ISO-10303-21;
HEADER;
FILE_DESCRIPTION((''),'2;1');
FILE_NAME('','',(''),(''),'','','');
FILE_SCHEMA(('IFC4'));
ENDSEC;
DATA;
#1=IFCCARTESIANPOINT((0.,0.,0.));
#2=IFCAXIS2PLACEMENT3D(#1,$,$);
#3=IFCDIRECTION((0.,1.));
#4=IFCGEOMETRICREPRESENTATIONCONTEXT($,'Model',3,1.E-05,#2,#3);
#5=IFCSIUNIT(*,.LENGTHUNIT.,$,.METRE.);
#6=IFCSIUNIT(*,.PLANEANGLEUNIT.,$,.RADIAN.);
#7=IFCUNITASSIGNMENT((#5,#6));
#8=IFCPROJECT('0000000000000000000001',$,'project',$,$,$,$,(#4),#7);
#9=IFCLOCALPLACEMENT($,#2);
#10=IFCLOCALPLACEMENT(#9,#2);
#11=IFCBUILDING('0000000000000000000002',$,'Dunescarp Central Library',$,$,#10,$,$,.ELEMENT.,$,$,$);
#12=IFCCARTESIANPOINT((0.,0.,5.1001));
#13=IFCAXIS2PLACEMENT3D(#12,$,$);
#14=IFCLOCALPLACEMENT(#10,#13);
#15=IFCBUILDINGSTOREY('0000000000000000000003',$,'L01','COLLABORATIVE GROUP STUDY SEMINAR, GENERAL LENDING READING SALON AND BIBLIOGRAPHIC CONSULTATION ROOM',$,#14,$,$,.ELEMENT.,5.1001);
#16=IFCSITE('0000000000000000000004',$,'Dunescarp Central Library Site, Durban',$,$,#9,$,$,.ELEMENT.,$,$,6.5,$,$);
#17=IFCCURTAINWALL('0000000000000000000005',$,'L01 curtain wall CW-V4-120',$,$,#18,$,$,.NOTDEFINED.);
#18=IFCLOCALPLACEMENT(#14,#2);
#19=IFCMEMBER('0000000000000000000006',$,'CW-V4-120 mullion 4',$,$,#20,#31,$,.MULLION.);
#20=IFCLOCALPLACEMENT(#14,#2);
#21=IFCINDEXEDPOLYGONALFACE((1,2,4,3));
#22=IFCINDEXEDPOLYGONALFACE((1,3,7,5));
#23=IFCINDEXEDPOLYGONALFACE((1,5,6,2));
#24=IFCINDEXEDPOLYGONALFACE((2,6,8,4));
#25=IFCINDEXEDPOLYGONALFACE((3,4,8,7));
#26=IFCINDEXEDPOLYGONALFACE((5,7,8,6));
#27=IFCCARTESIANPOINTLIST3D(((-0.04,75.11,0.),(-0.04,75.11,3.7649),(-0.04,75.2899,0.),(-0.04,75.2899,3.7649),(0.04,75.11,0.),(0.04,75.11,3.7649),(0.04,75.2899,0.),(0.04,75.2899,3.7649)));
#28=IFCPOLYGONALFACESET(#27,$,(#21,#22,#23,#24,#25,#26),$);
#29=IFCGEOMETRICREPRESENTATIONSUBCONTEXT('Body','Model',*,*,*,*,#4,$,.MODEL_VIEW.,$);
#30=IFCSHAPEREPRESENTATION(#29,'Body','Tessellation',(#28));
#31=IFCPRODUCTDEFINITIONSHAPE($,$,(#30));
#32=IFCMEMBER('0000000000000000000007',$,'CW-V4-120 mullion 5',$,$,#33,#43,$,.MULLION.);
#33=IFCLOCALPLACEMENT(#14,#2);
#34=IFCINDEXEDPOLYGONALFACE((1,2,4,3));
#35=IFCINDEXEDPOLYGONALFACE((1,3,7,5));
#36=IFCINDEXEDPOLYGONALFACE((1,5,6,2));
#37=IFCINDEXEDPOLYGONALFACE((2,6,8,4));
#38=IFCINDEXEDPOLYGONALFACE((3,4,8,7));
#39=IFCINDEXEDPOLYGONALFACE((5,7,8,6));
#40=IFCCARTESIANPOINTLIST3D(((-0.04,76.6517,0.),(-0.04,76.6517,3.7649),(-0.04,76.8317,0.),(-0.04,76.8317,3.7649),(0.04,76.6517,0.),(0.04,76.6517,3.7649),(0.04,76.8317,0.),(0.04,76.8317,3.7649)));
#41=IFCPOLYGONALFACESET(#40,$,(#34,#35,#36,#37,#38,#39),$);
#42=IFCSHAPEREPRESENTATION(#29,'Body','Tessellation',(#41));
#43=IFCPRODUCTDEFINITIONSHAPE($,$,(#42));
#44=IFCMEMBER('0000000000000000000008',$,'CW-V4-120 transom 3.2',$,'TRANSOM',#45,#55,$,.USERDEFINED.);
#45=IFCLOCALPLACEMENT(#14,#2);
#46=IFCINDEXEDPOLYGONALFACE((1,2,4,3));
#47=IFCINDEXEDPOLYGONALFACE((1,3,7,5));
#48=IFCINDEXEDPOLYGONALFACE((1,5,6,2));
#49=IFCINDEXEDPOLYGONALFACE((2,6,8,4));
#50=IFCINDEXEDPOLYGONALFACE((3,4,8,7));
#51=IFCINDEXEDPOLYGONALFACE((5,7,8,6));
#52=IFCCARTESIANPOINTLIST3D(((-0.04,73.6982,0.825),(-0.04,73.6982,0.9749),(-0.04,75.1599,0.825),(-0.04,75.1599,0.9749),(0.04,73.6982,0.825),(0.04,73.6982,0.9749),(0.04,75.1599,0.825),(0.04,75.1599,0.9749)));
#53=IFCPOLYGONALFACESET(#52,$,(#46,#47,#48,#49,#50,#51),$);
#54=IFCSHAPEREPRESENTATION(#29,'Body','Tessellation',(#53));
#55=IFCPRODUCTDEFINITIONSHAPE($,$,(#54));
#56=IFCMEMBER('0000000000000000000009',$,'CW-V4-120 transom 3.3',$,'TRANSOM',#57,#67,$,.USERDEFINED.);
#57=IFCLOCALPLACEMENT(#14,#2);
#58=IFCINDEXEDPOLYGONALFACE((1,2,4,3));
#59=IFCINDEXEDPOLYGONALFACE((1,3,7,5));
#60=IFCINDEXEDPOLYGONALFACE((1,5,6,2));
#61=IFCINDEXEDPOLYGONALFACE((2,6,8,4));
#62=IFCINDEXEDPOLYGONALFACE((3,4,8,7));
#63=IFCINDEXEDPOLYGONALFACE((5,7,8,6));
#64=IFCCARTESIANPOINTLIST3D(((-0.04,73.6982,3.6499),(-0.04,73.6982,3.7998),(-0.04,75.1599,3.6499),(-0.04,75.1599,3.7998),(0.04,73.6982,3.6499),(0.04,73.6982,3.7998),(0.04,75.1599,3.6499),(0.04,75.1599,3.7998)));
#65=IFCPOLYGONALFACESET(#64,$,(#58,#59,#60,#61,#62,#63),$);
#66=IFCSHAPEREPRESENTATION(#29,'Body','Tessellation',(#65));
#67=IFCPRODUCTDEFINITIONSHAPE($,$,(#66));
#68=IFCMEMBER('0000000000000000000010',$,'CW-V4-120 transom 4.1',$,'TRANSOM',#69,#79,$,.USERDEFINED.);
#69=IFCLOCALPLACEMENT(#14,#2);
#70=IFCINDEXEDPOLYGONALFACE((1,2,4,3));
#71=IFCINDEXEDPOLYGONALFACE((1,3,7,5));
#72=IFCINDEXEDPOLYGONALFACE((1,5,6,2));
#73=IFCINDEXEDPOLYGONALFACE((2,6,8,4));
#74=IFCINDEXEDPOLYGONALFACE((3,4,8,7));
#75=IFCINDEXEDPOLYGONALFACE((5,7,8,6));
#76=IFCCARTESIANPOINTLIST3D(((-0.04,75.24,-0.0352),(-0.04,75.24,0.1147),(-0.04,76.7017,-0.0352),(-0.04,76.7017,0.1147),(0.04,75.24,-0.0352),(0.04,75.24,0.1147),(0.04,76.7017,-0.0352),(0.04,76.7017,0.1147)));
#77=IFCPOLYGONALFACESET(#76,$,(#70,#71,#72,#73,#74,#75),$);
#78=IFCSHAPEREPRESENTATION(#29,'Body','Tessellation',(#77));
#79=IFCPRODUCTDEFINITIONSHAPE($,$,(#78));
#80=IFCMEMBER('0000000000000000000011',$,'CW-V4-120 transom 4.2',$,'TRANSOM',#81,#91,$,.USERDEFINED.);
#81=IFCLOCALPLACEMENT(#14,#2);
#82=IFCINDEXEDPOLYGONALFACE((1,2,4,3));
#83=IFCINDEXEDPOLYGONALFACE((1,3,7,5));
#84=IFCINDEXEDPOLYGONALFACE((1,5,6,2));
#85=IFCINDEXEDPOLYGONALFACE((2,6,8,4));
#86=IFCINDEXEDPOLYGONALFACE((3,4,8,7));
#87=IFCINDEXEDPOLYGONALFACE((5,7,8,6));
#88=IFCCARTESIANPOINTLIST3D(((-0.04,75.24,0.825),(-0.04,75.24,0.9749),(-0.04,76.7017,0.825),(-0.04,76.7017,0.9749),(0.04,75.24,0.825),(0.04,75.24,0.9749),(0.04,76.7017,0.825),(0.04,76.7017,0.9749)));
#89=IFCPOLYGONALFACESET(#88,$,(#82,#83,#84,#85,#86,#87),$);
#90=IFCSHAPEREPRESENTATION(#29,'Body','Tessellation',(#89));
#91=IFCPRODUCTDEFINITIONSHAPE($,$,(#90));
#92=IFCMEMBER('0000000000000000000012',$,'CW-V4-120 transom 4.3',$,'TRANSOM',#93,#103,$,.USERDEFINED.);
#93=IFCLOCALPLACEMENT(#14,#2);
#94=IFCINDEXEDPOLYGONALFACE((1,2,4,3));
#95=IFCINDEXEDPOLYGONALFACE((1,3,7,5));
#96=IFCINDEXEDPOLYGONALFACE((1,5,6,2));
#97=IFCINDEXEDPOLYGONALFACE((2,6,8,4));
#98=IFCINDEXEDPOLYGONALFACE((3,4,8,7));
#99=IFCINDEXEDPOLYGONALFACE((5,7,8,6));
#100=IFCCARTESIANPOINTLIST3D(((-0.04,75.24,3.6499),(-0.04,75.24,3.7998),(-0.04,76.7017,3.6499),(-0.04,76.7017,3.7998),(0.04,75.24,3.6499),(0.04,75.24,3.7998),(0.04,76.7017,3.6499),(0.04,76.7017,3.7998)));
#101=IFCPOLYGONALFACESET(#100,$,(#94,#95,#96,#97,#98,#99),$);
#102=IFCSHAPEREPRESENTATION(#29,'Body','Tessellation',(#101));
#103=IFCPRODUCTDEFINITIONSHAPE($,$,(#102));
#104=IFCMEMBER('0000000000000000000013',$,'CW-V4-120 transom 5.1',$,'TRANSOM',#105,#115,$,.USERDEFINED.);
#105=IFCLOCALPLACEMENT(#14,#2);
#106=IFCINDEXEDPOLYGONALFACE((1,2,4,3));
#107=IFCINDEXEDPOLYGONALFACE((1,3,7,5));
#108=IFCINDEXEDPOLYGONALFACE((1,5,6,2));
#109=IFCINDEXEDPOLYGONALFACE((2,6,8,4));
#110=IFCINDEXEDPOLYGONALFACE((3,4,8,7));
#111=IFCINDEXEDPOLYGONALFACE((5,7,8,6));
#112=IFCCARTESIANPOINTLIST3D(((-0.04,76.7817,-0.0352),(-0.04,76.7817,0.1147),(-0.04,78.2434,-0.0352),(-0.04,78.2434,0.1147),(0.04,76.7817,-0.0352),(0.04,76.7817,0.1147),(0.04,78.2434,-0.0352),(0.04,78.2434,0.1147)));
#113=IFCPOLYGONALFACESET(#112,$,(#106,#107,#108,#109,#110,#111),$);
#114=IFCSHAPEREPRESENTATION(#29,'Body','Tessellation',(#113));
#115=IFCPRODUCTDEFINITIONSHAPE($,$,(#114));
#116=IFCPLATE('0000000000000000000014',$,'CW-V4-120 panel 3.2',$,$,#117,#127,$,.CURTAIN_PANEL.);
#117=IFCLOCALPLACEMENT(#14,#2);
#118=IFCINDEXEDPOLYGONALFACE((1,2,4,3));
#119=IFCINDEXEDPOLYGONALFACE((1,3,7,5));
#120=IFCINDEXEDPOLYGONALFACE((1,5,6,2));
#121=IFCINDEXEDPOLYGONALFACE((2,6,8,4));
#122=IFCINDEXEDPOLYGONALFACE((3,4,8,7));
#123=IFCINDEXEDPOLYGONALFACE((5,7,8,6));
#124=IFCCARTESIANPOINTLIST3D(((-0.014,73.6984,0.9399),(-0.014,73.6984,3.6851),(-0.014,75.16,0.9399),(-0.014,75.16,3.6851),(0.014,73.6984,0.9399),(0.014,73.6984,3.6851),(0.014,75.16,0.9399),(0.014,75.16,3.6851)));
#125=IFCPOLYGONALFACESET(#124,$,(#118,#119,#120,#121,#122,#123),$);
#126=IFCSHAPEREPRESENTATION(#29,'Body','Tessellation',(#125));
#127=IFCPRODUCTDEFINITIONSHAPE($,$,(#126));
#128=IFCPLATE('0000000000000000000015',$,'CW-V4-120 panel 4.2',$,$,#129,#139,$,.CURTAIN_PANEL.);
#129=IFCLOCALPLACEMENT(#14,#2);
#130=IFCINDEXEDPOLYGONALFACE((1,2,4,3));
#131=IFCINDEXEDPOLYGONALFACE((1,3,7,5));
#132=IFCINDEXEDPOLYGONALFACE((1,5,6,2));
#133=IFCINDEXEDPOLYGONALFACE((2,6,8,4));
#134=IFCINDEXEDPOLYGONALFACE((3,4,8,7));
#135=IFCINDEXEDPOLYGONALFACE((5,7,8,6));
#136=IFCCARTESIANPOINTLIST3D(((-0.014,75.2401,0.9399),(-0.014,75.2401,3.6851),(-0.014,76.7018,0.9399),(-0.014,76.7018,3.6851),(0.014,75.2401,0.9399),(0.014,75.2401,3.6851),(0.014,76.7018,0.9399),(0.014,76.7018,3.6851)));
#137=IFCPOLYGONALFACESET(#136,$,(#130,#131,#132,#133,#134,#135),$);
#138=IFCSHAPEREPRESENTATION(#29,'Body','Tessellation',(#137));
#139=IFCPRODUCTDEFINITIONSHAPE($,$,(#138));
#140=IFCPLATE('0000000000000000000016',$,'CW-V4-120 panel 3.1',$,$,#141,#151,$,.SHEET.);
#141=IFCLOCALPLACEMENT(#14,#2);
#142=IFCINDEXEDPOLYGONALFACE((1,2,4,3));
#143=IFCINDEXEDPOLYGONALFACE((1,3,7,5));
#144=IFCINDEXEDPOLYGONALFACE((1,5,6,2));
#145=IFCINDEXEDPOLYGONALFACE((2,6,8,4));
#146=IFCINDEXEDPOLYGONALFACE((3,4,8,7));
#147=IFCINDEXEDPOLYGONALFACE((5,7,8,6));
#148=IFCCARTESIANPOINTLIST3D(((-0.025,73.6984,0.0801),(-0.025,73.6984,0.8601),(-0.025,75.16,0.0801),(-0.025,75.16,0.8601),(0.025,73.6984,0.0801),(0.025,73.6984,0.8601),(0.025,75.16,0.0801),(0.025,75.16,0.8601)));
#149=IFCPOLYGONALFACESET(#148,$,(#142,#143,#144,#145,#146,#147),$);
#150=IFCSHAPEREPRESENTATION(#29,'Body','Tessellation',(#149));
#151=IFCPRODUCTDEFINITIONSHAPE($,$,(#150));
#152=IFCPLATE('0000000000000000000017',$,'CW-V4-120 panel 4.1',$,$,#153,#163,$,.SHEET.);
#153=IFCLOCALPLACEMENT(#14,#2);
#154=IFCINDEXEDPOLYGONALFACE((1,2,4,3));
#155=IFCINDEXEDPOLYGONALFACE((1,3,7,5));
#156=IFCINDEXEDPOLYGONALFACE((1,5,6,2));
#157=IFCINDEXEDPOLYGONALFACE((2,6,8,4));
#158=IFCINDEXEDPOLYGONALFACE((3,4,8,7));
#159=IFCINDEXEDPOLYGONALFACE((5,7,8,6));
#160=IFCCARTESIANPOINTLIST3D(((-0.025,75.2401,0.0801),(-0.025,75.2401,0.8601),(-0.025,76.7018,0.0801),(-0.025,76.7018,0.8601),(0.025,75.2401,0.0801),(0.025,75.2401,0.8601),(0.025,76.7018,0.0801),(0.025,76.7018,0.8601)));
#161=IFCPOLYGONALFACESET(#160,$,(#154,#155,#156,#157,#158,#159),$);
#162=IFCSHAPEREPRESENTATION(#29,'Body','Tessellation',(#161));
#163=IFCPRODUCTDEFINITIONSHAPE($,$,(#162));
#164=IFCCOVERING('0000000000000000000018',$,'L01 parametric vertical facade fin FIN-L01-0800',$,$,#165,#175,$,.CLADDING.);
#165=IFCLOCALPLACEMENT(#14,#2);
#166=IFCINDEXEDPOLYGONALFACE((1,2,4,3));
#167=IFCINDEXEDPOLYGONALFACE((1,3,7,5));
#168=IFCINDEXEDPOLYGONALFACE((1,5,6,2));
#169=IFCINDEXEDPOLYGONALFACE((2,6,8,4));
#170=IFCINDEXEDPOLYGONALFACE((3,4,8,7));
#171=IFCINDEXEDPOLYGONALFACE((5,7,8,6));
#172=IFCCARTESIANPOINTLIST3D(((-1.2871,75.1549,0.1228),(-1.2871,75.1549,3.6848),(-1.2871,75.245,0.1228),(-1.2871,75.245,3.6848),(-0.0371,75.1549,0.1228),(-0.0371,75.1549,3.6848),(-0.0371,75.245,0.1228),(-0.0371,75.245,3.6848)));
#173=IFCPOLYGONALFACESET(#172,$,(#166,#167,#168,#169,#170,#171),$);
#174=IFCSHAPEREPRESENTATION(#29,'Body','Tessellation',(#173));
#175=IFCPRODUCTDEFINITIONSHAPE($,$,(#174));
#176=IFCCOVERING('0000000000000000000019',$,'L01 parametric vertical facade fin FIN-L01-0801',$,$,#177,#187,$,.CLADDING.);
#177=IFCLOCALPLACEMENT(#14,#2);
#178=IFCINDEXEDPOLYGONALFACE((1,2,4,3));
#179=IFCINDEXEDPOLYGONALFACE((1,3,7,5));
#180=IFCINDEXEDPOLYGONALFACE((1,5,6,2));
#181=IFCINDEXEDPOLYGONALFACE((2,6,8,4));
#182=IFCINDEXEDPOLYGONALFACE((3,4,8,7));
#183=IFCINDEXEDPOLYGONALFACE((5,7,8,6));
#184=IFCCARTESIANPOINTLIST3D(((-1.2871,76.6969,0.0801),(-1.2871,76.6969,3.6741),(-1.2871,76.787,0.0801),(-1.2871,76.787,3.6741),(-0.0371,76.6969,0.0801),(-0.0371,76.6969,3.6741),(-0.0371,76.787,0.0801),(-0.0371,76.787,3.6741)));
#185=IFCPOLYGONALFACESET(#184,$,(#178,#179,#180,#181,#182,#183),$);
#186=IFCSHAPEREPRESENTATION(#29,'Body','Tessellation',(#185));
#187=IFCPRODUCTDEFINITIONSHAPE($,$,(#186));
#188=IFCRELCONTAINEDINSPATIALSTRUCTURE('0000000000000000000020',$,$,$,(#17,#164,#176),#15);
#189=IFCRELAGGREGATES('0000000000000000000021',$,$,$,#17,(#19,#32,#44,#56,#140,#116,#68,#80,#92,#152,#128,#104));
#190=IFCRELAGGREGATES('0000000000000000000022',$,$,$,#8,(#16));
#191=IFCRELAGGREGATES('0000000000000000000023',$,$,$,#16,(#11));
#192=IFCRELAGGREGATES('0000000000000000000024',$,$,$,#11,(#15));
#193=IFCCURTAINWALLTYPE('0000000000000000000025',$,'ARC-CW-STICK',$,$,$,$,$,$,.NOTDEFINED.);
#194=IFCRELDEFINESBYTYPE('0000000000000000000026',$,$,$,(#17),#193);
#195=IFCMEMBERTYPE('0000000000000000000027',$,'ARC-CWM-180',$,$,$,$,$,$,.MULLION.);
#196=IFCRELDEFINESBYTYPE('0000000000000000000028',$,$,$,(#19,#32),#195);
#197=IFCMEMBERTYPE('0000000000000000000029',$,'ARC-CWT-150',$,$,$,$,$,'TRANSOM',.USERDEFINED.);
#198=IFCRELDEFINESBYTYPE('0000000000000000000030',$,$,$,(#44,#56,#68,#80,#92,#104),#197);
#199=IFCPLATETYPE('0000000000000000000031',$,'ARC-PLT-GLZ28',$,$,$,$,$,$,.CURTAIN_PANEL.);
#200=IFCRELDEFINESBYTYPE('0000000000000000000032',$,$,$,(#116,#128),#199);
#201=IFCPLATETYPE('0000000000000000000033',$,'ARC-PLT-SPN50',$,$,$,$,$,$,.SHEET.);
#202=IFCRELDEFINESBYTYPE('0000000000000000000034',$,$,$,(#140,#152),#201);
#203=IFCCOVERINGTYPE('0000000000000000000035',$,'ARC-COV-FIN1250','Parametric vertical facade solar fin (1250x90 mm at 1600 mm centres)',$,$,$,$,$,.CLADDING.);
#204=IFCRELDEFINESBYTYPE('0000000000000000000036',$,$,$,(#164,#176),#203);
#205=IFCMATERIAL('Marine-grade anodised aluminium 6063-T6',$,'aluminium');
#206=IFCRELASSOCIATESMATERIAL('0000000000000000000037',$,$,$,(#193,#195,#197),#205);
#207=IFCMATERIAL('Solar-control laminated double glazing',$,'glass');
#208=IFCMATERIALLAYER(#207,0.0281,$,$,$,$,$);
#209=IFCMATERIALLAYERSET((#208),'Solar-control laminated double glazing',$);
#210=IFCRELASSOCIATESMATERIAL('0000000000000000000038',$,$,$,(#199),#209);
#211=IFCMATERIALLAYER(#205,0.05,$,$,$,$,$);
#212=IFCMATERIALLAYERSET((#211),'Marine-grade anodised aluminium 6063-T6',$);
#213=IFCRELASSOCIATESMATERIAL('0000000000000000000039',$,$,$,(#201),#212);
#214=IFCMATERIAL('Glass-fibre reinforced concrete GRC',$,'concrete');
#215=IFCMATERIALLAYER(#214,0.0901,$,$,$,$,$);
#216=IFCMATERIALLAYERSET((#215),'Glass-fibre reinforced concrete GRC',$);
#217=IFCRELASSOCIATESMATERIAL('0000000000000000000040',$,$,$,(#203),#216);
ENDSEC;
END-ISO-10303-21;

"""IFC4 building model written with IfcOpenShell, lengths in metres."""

from ifc_helpers import new_model, si_unit, direction, frame, origin, origin_2d, place, context, subcontext, project, spatial, rectangle, extrude, material, layer, layer_set, material_profile, profile_set, type_object, element, aggregate, save


model = new_model("IFC4")

# Units and contexts
model_context = context("Model", 3, precision=1e-05, world=origin(), true_north=direction((0.0, 1.0)))
body_context = subcontext(model_context, "Body", "Model", "MODEL_VIEW")
ifc_project = project(units=[si_unit("LENGTHUNIT", "METRE"), si_unit("PLANEANGLEUNIT", "RADIAN")], contexts=[model_context])

# Site, building, storey
site_placement = place(None, origin())
site = spatial("IfcSite", under=ifc_project, at=site_placement, Name="Dunescarp Central Library Site, Durban", CompositionType="ELEMENT", RefElevation=6.5)
building_placement = place(site_placement, origin())
building = spatial("IfcBuilding", under=site, at=building_placement, Name="Dunescarp Central Library", CompositionType="ELEMENT")
storey_placement = place(building_placement, frame((0.0, 0.0, 5.1001)))
storey = spatial("IfcBuildingStorey", under=building, at=storey_placement, Name="L01", Description="COLLABORATIVE GROUP STUDY SEMINAR, GENERAL LENDING READING SALON AND BIBLIOGRAPHIC CONSULTATION ROOM", CompositionType="ELEMENT", Elevation=5.1001)

# Curtain wall, members, plates
ifc_material_1 = material(Name="Marine-grade anodised aluminium 6063-T6", Category="aluminium")
curtain_wall_type = type_object("IfcCurtainWallType", Name="ARC-CW-STICK", PredefinedType="NOTDEFINED", material=ifc_material_1)
curtain_wall_placement = place(storey_placement, origin())
curtain_wall = element("IfcCurtainWall", 1, at=curtain_wall_placement, inside=storey, type_object=curtain_wall_type, Name="L01 curtain wall CW-V4-120", PredefinedType="NOTDEFINED")
ifc_material_profile_1 = material_profile(ifc_material_1, rectangle(XDim=0.0801, YDim=0.1799, at=origin_2d()), Name="AL 80x180")
ifc_profile_set_1 = profile_set([ifc_material_profile_1], Name="Marine-grade anodised aluminium 6063-T6")
member_type_1 = type_object("IfcMemberType", Name="ARC-CWM-180", PredefinedType="MULLION", material=ifc_profile_set_1)
member_1_placement = place(storey_placement, frame((0.0, 75.2, 0.0), z_axis=(0.0, 0.0, 1.0), x_axis=(-1.0, 0.0, 0.0)))
member_1 = element("IfcMember", 2, at=member_1_placement, type_object=member_type_1, Name="CW-V4-120 mullion 4", PredefinedType="MULLION", context=body_context, shape_type="SweptSolid", body=[
    extrude(rectangle(XDim=0.0801, YDim=0.1799, at=origin_2d()), origin(), (0.0, 0.0, 1.0), 3.7649),
])
member_2_placement = place(storey_placement, frame((0.0, 76.7417, 0.0), z_axis=(0.0, 0.0, 1.0), x_axis=(-1.0, 0.0, 0.0)))
member_2 = element("IfcMember", 3, at=member_2_placement, type_object=member_type_1, Name="CW-V4-120 mullion 5", PredefinedType="MULLION", context=body_context, shape_type="SweptSolid", body=[
    extrude(rectangle(XDim=0.0801, YDim=0.1799, at=origin_2d()), origin(), (0.0, 0.0, 1.0), 3.7649),
])
ifc_material_profile_2 = material_profile(ifc_material_1, rectangle(XDim=0.0801, YDim=0.1499, at=origin_2d()), Name="AL 80x150")
ifc_profile_set_2 = profile_set([ifc_material_profile_2], Name="Marine-grade anodised aluminium 6063-T6")
member_type_2 = type_object("IfcMemberType", Name="ARC-CWT-150", ElementType="TRANSOM", PredefinedType="USERDEFINED", material=ifc_profile_set_2)
member_3_placement = place(storey_placement, frame((0.0, 73.6982, 0.8999), z_axis=(0.0, 1.0, 0.0), x_axis=(-1.0, 0.0, 0.0)))
member_3 = element("IfcMember", 4, at=member_3_placement, type_object=member_type_2, Name="CW-V4-120 transom 3.2", ObjectType="TRANSOM", PredefinedType="USERDEFINED", context=body_context, shape_type="SweptSolid", body=[
    extrude(rectangle(XDim=0.0801, YDim=0.1499, at=origin_2d()), origin(), (0.0, 0.0, 1.0), 1.4617),
])
member_4_placement = place(storey_placement, frame((0.0, 73.6982, 3.7249), z_axis=(0.0, 1.0, 0.0), x_axis=(-1.0, 0.0, 0.0)))
member_4 = element("IfcMember", 5, at=member_4_placement, type_object=member_type_2, Name="CW-V4-120 transom 3.3", ObjectType="TRANSOM", PredefinedType="USERDEFINED", context=body_context, shape_type="SweptSolid", body=[
    extrude(rectangle(XDim=0.0801, YDim=0.1499, at=origin_2d()), origin(), (0.0, 0.0, 1.0), 1.4617),
])
member_5_placement = place(storey_placement, frame((0.0, 75.24, 0.0398), z_axis=(0.0, 1.0, 0.0), x_axis=(-1.0, 0.0, 0.0)))
member_5 = element("IfcMember", 6, at=member_5_placement, type_object=member_type_2, Name="CW-V4-120 transom 4.1", ObjectType="TRANSOM", PredefinedType="USERDEFINED", context=body_context, shape_type="SweptSolid", body=[
    extrude(rectangle(XDim=0.0801, YDim=0.1499, at=origin_2d()), origin(), (0.0, 0.0, 1.0), 1.4617),
])
member_6_placement = place(storey_placement, frame((0.0, 75.24, 0.8999), z_axis=(0.0, 1.0, 0.0), x_axis=(-1.0, 0.0, 0.0)))
member_6 = element("IfcMember", 7, at=member_6_placement, type_object=member_type_2, Name="CW-V4-120 transom 4.2", ObjectType="TRANSOM", PredefinedType="USERDEFINED", context=body_context, shape_type="SweptSolid", body=[
    extrude(rectangle(XDim=0.0801, YDim=0.1499, at=origin_2d()), origin(), (0.0, 0.0, 1.0), 1.4617),
])
member_7_placement = place(storey_placement, frame((0.0, 75.24, 3.7249), z_axis=(0.0, 1.0, 0.0), x_axis=(-1.0, 0.0, 0.0)))
member_7 = element("IfcMember", 8, at=member_7_placement, type_object=member_type_2, Name="CW-V4-120 transom 4.3", ObjectType="TRANSOM", PredefinedType="USERDEFINED", context=body_context, shape_type="SweptSolid", body=[
    extrude(rectangle(XDim=0.0801, YDim=0.1499, at=origin_2d()), origin(), (0.0, 0.0, 1.0), 1.4617),
])
member_8_placement = place(storey_placement, frame((0.0, 76.7817, 0.0398), z_axis=(0.0, 1.0, 0.0), x_axis=(-1.0, 0.0, 0.0)))
member_8 = element("IfcMember", 9, at=member_8_placement, type_object=member_type_2, Name="CW-V4-120 transom 5.1", ObjectType="TRANSOM", PredefinedType="USERDEFINED", context=body_context, shape_type="SweptSolid", body=[
    extrude(rectangle(XDim=0.0801, YDim=0.1499, at=origin_2d()), origin(), (0.0, 0.0, 1.0), 1.4617),
])
ifc_material_2 = material(Name="Solar-control laminated double glazing", Category="glass")
ifc_layer_1 = layer(ifc_material_2, 0.0281)
ifc_layer_set_1 = layer_set([ifc_layer_1], Name="Solar-control laminated double glazing")
plate_type_1 = type_object("IfcPlateType", Name="ARC-PLT-GLZ28", PredefinedType="CURTAIN_PANEL", material=ifc_layer_set_1)
plate_1_placement = place(storey_placement, frame((0.0, 74.4292, 0.9399), z_axis=(0.0, 0.0, 1.0), x_axis=(0.0, 1.0, 0.0)))
plate_1 = element("IfcPlate", 10, at=plate_1_placement, type_object=plate_type_1, Name="CW-V4-120 panel 3.2", PredefinedType="CURTAIN_PANEL", context=body_context, shape_type="SweptSolid", body=[
    extrude(rectangle(XDim=1.4617, YDim=0.0281, at=origin_2d()), origin(), (0.0, 0.0, 1.0), 2.7451),
])
plate_2_placement = place(storey_placement, frame((0.0, 75.9709, 0.9399), z_axis=(0.0, 0.0, 1.0), x_axis=(0.0, 1.0, 0.0)))
plate_2 = element("IfcPlate", 11, at=plate_2_placement, type_object=plate_type_1, Name="CW-V4-120 panel 4.2", PredefinedType="CURTAIN_PANEL", context=body_context, shape_type="SweptSolid", body=[
    extrude(rectangle(XDim=1.4617, YDim=0.0281, at=origin_2d()), origin(), (0.0, 0.0, 1.0), 2.7451),
])
ifc_layer_2 = layer(ifc_material_1, 0.05)
ifc_layer_set_2 = layer_set([ifc_layer_2], Name="Marine-grade anodised aluminium 6063-T6")
plate_type_2 = type_object("IfcPlateType", Name="ARC-PLT-SPN50", PredefinedType="SHEET", material=ifc_layer_set_2)
plate_3_placement = place(storey_placement, frame((0.0, 74.4292, 0.0801), z_axis=(0.0, 0.0, 1.0), x_axis=(0.0, 1.0, 0.0)))
plate_3 = element("IfcPlate", 12, at=plate_3_placement, type_object=plate_type_2, Name="CW-V4-120 panel 3.1", PredefinedType="SHEET", context=body_context, shape_type="SweptSolid", body=[
    extrude(rectangle(XDim=1.4617, YDim=0.05, at=origin_2d()), origin(), (0.0, 0.0, 1.0), 0.78),
])
plate_4_placement = place(storey_placement, frame((0.0, 75.9709, 0.0801), z_axis=(0.0, 0.0, 1.0), x_axis=(0.0, 1.0, 0.0)))
plate_4 = element("IfcPlate", 13, at=plate_4_placement, type_object=plate_type_2, Name="CW-V4-120 panel 4.1", PredefinedType="SHEET", context=body_context, shape_type="SweptSolid", body=[
    extrude(rectangle(XDim=1.4617, YDim=0.05, at=origin_2d()), origin(), (0.0, 0.0, 1.0), 0.78),
])
aggregate(curtain_wall, [member_1, member_2, member_3, member_4, plate_3, plate_1, member_5, member_6, member_7, plate_4, plate_2, member_8])

# Coverings
ifc_material_3 = material(Name="Glass-fibre reinforced concrete GRC", Category="concrete")
ifc_layer_3 = layer(ifc_material_3, 0.0901)
ifc_layer_set_3 = layer_set([ifc_layer_3], Name="Glass-fibre reinforced concrete GRC")
covering_type = type_object("IfcCoveringType", Name="ARC-COV-FIN1250", Description="Parametric vertical facade solar fin (1250x90 mm at 1600 mm centres)", PredefinedType="CLADDING", material=ifc_layer_set_3)
covering_1_placement = place(storey_placement, frame((-0.6621, 75.2, 0.1228), z_axis=(0.0, 0.0, 1.0), x_axis=(-1.0, 0.0, 0.0)))
element("IfcCovering", 14, at=covering_1_placement, inside=storey, type_object=covering_type, Name="L01 parametric vertical facade fin FIN-L01-0800", PredefinedType="CLADDING", context=body_context, shape_type="SweptSolid", body=[
    extrude(rectangle(XDim=1.25, YDim=0.0901, at=origin_2d()), origin(), (0.0, 0.0, 1.0), 3.562),
])
covering_2_placement = place(storey_placement, frame((-0.6621, 76.7419, 0.0801), z_axis=(0.0, 0.0, 1.0), x_axis=(-1.0, 0.0, 0.0)))
element("IfcCovering", 15, at=covering_2_placement, inside=storey, type_object=covering_type, Name="L01 parametric vertical facade fin FIN-L01-0801", PredefinedType="CLADDING", context=body_context, shape_type="SweptSolid", body=[
    extrude(rectangle(XDim=1.25, YDim=0.0901, at=origin_2d()), origin(), (0.0, 0.0, 1.0), 3.594),
])

save(model, "model.ifc")
